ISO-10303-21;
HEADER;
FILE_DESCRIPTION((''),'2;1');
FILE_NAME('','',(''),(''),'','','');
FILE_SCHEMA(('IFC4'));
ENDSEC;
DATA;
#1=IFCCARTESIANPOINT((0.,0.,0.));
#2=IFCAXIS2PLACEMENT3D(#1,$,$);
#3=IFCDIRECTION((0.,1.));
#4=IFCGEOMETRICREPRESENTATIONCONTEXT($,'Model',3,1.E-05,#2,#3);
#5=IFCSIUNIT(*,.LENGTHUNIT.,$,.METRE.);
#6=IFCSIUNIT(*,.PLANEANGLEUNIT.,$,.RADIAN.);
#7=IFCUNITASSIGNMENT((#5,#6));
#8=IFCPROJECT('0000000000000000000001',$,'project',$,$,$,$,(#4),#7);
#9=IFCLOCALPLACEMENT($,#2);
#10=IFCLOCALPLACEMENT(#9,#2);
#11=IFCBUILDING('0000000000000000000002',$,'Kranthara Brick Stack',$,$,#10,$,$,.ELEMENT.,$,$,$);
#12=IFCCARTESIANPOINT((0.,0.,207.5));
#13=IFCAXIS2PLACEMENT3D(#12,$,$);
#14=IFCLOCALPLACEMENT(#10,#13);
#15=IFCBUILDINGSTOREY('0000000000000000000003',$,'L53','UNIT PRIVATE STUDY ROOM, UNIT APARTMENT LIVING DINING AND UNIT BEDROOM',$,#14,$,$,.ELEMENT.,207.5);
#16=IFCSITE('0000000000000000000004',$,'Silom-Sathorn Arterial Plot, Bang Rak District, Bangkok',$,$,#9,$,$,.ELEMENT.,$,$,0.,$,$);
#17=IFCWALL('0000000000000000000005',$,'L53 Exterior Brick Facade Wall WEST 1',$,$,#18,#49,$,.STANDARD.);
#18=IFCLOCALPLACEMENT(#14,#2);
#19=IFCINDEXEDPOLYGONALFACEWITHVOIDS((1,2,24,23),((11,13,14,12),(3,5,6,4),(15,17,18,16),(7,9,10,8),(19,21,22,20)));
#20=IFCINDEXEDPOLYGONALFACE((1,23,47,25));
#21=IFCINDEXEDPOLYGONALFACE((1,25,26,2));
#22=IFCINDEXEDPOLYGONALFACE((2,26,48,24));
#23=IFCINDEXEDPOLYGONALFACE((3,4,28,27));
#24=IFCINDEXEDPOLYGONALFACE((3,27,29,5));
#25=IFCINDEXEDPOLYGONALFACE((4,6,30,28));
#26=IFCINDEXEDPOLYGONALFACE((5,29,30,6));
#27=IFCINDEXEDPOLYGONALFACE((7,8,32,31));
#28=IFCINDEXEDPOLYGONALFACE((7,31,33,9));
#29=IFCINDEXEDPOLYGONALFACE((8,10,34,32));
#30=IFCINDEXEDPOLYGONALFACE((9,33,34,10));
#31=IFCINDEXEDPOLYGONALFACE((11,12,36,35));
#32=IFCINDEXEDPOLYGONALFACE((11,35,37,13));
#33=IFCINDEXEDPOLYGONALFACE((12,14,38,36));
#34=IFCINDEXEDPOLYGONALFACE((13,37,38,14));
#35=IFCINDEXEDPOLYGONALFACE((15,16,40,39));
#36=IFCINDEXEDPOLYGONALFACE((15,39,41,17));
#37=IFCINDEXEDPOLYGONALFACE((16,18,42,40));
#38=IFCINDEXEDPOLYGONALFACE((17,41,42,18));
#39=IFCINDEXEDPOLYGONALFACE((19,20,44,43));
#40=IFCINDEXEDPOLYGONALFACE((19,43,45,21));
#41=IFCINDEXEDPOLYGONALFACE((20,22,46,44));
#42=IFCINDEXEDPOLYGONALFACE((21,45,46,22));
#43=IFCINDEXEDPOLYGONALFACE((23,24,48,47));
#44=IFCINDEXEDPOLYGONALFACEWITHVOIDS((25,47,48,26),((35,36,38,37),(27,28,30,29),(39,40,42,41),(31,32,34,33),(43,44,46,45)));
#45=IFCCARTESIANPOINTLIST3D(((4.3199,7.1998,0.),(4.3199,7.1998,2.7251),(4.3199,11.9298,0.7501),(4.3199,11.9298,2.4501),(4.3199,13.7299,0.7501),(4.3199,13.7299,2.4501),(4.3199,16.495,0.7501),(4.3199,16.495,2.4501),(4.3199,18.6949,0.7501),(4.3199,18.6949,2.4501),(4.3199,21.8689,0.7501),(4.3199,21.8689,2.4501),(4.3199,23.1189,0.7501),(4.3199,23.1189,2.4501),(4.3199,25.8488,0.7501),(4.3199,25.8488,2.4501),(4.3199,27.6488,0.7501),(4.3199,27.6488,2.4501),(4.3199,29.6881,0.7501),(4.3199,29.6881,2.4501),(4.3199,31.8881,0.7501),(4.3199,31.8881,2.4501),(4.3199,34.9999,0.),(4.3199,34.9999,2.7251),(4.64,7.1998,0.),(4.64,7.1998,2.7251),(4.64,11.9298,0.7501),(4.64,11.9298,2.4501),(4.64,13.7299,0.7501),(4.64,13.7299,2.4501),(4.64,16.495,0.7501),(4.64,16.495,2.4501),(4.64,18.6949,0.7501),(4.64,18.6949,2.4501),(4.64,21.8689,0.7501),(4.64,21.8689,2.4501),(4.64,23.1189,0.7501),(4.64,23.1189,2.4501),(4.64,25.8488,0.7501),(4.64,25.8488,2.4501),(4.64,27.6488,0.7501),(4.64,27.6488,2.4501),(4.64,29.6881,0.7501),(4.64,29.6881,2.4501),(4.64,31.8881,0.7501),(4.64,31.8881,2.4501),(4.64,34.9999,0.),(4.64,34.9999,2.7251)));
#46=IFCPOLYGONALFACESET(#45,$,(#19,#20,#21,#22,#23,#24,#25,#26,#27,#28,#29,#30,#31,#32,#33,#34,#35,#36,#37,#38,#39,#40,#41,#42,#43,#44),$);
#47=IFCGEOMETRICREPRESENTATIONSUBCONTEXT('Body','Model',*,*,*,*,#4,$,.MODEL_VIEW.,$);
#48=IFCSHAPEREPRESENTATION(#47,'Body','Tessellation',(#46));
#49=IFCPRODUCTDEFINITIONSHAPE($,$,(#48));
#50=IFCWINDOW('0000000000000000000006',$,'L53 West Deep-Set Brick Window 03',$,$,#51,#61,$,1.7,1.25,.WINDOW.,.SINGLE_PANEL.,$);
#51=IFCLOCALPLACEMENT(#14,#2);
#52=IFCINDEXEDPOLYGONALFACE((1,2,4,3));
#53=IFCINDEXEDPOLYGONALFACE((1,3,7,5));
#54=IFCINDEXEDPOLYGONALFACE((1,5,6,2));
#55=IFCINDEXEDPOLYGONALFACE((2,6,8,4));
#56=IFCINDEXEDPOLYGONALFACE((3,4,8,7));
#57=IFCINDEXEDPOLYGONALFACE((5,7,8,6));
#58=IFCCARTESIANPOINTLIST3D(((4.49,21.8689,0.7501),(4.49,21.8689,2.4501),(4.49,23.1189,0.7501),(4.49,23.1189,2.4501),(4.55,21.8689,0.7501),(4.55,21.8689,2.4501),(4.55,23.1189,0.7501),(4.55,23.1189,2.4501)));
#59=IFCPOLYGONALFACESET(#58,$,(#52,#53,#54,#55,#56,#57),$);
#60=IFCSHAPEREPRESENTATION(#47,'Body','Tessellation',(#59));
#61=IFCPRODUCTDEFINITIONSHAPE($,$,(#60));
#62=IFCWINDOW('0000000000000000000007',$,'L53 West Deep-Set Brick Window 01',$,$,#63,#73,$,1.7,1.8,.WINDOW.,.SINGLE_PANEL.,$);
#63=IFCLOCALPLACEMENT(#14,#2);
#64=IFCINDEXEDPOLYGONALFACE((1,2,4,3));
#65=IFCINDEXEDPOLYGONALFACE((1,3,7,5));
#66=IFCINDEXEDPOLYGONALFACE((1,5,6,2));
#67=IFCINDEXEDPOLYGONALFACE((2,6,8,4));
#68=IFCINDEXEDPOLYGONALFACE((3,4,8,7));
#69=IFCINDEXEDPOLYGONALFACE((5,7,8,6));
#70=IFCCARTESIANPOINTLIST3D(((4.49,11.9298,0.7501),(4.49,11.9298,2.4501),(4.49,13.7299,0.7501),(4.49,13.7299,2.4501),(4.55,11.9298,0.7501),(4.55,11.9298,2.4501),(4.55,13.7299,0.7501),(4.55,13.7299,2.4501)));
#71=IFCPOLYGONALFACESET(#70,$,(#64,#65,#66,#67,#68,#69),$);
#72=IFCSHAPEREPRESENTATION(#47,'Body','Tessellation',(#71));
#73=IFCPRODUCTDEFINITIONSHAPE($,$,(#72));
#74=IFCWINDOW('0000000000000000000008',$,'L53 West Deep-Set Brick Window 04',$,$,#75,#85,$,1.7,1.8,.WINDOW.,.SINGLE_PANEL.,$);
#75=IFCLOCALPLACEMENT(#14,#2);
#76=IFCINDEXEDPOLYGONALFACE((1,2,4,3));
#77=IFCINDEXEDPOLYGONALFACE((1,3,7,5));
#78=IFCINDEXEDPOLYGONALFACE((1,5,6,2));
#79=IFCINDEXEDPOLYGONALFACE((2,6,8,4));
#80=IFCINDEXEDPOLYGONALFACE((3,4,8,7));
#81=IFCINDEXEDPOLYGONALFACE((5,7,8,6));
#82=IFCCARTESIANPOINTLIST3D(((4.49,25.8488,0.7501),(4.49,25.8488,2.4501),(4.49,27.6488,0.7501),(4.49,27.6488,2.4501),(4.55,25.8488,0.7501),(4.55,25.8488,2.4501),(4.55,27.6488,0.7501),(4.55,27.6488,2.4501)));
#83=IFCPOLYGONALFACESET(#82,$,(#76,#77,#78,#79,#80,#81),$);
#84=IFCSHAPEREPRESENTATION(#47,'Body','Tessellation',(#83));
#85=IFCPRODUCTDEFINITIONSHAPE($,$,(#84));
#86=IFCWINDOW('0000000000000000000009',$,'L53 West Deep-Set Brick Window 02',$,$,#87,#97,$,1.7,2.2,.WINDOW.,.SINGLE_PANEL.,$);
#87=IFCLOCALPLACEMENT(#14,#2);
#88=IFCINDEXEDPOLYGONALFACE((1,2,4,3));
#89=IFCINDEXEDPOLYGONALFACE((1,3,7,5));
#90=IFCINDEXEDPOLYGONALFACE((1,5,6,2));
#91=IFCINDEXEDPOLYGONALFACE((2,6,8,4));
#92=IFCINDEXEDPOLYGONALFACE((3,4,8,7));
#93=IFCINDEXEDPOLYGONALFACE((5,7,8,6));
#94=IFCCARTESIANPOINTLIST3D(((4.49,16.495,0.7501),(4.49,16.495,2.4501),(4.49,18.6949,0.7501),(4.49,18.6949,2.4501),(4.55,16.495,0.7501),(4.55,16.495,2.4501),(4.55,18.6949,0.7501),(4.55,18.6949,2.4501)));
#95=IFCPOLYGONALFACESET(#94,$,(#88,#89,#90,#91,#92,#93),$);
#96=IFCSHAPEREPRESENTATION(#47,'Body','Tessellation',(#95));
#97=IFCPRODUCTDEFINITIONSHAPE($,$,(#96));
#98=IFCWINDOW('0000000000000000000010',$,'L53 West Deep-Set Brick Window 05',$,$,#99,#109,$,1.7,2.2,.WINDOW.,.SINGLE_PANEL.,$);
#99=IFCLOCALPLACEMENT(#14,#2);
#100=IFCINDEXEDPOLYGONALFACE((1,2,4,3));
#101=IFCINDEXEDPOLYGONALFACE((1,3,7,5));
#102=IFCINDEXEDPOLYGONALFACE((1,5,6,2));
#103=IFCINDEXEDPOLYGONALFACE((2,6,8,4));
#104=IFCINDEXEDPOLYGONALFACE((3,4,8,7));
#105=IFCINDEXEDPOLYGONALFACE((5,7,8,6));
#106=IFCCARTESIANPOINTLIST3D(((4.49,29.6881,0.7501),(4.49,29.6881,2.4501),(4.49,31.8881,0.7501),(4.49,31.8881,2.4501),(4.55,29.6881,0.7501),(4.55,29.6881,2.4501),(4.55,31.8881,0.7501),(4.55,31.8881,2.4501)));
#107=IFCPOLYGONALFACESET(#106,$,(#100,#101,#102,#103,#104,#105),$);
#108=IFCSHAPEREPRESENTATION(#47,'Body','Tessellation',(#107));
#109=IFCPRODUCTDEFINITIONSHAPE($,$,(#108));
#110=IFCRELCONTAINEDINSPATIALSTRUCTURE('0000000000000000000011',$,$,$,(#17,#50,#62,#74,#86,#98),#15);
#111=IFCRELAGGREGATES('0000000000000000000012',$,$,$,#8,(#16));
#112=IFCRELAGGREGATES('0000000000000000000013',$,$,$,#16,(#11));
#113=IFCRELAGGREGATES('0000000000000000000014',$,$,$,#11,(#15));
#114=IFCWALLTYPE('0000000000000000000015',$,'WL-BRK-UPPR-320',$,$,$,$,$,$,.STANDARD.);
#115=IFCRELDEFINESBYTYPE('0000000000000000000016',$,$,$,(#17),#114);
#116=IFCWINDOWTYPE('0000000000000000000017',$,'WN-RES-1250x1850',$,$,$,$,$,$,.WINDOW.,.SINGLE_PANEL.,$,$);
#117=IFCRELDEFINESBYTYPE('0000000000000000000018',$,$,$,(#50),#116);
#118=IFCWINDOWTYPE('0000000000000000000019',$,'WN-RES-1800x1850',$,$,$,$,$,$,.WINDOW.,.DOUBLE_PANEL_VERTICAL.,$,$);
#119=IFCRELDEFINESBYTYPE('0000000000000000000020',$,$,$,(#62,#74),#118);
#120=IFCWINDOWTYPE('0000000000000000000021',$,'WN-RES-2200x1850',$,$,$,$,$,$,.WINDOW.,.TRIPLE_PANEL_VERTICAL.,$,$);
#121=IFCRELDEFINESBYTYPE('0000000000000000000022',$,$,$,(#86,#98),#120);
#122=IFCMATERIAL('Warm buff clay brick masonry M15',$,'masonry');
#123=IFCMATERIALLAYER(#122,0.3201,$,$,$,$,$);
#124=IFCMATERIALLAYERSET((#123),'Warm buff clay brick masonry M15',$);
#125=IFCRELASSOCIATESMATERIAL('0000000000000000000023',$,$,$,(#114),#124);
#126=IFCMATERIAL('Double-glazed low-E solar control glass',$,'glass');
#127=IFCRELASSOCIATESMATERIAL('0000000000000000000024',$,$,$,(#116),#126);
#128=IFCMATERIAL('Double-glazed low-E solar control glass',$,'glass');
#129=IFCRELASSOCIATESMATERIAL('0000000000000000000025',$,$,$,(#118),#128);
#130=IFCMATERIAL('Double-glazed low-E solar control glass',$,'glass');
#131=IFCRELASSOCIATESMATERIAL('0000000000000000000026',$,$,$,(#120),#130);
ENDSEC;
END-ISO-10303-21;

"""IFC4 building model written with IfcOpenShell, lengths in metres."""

from ifc_helpers import new_model, si_unit, direction, frame, frame_2d, origin, place, context, subcontext, project, spatial, rectangle, extrude, material, layer, layer_set, type_object, element, fill, save


model = new_model("IFC4")

# Units and contexts
model_context = context("Model", 3, precision=1e-05, world=origin(), true_north=direction((0.0, 1.0)))
body_context = subcontext(model_context, "Body", "Model", "MODEL_VIEW")
ifc_project = project(units=[si_unit("LENGTHUNIT", "METRE"), si_unit("PLANEANGLEUNIT", "RADIAN")], contexts=[model_context])

# Site, building, storey
site_placement = place(None, origin())
site = spatial("IfcSite", under=ifc_project, at=site_placement, Name="Silom-Sathorn Arterial Plot, Bang Rak District, Bangkok", CompositionType="ELEMENT", RefElevation=0.0)
building_placement = place(site_placement, origin())
building = spatial("IfcBuilding", under=site, at=building_placement, Name="Kranthara Brick Stack", CompositionType="ELEMENT")
storey_placement = place(building_placement, frame((0.0, 0.0, 207.5)))
storey = spatial("IfcBuildingStorey", under=building, at=storey_placement, Name="L53", Description="UNIT PRIVATE STUDY ROOM, UNIT APARTMENT LIVING DINING AND UNIT BEDROOM", CompositionType="ELEMENT", Elevation=207.5)

# Wall, openings, windows
ifc_material_1 = material(Name="Warm buff clay brick masonry M15", Category="masonry")
ifc_layer_1 = layer(ifc_material_1, 0.3201)
ifc_layer_set_1 = layer_set([ifc_layer_1], Name="Warm buff clay brick masonry M15")
wall_type_1 = type_object("IfcWallType", Name="WL-BRK-UPPR-320", PredefinedType="STANDARD", material=ifc_layer_set_1)
wall_1_placement = place(storey_placement, frame((4.48, 7.2, 0.0), z_axis=(0.0, 0.0, 1.0), x_axis=(0.0, 1.0, 0.0)))
wall_1 = element("IfcWall", 1, at=wall_1_placement, inside=storey, type_object=wall_type_1, Name="L53 Exterior Brick Facade Wall WEST 1", PredefinedType="STANDARD", context=body_context, shape_type="SweptSolid", body=[
    extrude(rectangle(XDim=27.8, YDim=0.3201, at=frame_2d((13.8999, 0.0))), origin(), (0.0, 0.0, 1.0), 2.7251),
])
opening_1_placement = place(wall_1_placement, frame((4.73, 0.0, 0.75)))
opening_1 = element("IfcOpeningElement", 2, at=opening_1_placement, cuts=wall_1, PredefinedType="OPENING", context=body_context, shape_type="SweptSolid", body=[
    extrude(rectangle(XDim=1.8, YDim=1.7, at=frame_2d((0.8999, 0.8501))), frame((0.0, 0.1699, 0.0), z_axis=(0.0, -1.0, 0.0), x_axis=(1.0, 0.0, 0.0)), (0.0, 0.0, 1.0), 0.3401),
])
opening_2_placement = place(wall_1_placement, frame((9.2949, 0.0, 0.75)))
opening_2 = element("IfcOpeningElement", 3, at=opening_2_placement, cuts=wall_1, PredefinedType="OPENING", context=body_context, shape_type="SweptSolid", body=[
    extrude(rectangle(XDim=2.2, YDim=1.7, at=frame_2d((1.1001, 0.8501))), frame((0.0, 0.1699, 0.0), z_axis=(0.0, -1.0, 0.0), x_axis=(1.0, 0.0, 0.0)), (0.0, 0.0, 1.0), 0.3401),
])
opening_3_placement = place(wall_1_placement, frame((14.6689, 0.0, 0.75)))
opening_3 = element("IfcOpeningElement", 4, at=opening_3_placement, cuts=wall_1, PredefinedType="OPENING", context=body_context, shape_type="SweptSolid", body=[
    extrude(rectangle(XDim=1.25, YDim=1.7, at=frame_2d((0.625, 0.8501))), frame((0.0, 0.1699, 0.0), z_axis=(0.0, -1.0, 0.0), x_axis=(1.0, 0.0, 0.0)), (0.0, 0.0, 1.0), 0.3401),
])
opening_4_placement = place(wall_1_placement, frame((18.6489, 0.0, 0.75)))
opening_4 = element("IfcOpeningElement", 5, at=opening_4_placement, cuts=wall_1, PredefinedType="OPENING", context=body_context, shape_type="SweptSolid", body=[
    extrude(rectangle(XDim=1.8, YDim=1.7, at=frame_2d((0.8999, 0.8501))), frame((0.0, 0.1699, 0.0), z_axis=(0.0, -1.0, 0.0), x_axis=(1.0, 0.0, 0.0)), (0.0, 0.0, 1.0), 0.3401),
])
opening_5_placement = place(wall_1_placement, frame((22.488, 0.0, 0.75)))
opening_5 = element("IfcOpeningElement", 6, at=opening_5_placement, cuts=wall_1, PredefinedType="OPENING", context=body_context, shape_type="SweptSolid", body=[
    extrude(rectangle(XDim=2.2, YDim=1.7, at=frame_2d((1.1001, 0.8501))), frame((0.0, 0.1699, 0.0), z_axis=(0.0, -1.0, 0.0), x_axis=(1.0, 0.0, 0.0)), (0.0, 0.0, 1.0), 0.3401),
])
ifc_material_2 = material(Name="Double-glazed low-E solar control glass", Category="glass")
window_type_1 = type_object("IfcWindowType", Name="WN-RES-1250x1850", PartitioningType="SINGLE_PANEL", PredefinedType="WINDOW", material=ifc_material_2)
window_1_placement = place(opening_3_placement, origin())
window_1 = element("IfcWindow", 7, at=window_1_placement, inside=storey, type_object=window_type_1, Name="L53 West Deep-Set Brick Window 03", OverallHeight=1.7, OverallWidth=1.25, PartitioningType="SINGLE_PANEL", PredefinedType="WINDOW", context=body_context, shape_type="SweptSolid", body=[
    extrude(rectangle(XDim=1.25, YDim=1.7, at=frame_2d((0.625, 0.8501))), frame((0.0, -0.01, 0.0), z_axis=(0.0, -1.0, 0.0), x_axis=(1.0, 0.0, 0.0)), (0.0, 0.0, 1.0), 0.0601),
])
fill(opening_3, window_1)
ifc_material_3 = material(Name="Double-glazed low-E solar control glass", Category="glass")
window_type_2 = type_object("IfcWindowType", Name="WN-RES-1800x1850", PartitioningType="DOUBLE_PANEL_VERTICAL", PredefinedType="WINDOW", material=ifc_material_3)
window_2_placement = place(opening_1_placement, origin())
window_2 = element("IfcWindow", 8, at=window_2_placement, inside=storey, type_object=window_type_2, Name="L53 West Deep-Set Brick Window 01", OverallHeight=1.7, OverallWidth=1.8, PartitioningType="SINGLE_PANEL", PredefinedType="WINDOW", context=body_context, shape_type="SweptSolid", body=[
    extrude(rectangle(XDim=1.8, YDim=1.7, at=frame_2d((0.8999, 0.8501))), frame((0.0, -0.01, 0.0), z_axis=(0.0, -1.0, 0.0), x_axis=(1.0, 0.0, 0.0)), (0.0, 0.0, 1.0), 0.0601),
])
fill(opening_1, window_2)
window_3_placement = place(opening_4_placement, origin())
window_3 = element("IfcWindow", 9, at=window_3_placement, inside=storey, type_object=window_type_2, Name="L53 West Deep-Set Brick Window 04", OverallHeight=1.7, OverallWidth=1.8, PartitioningType="SINGLE_PANEL", PredefinedType="WINDOW", context=body_context, shape_type="SweptSolid", body=[
    extrude(rectangle(XDim=1.8, YDim=1.7, at=frame_2d((0.8999, 0.8501))), frame((0.0, -0.01, 0.0), z_axis=(0.0, -1.0, 0.0), x_axis=(1.0, 0.0, 0.0)), (0.0, 0.0, 1.0), 0.0601),
])
fill(opening_4, window_3)
ifc_material_4 = material(Name="Double-glazed low-E solar control glass", Category="glass")
window_type_3 = type_object("IfcWindowType", Name="WN-RES-2200x1850", PartitioningType="TRIPLE_PANEL_VERTICAL", PredefinedType="WINDOW", material=ifc_material_4)
window_4_placement = place(opening_2_placement, origin())
window_4 = element("IfcWindow", 10, at=window_4_placement, inside=storey, type_object=window_type_3, Name="L53 West Deep-Set Brick Window 02", OverallHeight=1.7, OverallWidth=2.2, PartitioningType="SINGLE_PANEL", PredefinedType="WINDOW", context=body_context, shape_type="SweptSolid", body=[
    extrude(rectangle(XDim=2.2, YDim=1.7, at=frame_2d((1.1001, 0.8501))), frame((0.0, -0.01, 0.0), z_axis=(0.0, -1.0, 0.0), x_axis=(1.0, 0.0, 0.0)), (0.0, 0.0, 1.0), 0.0601),
])
fill(opening_2, window_4)
window_5_placement = place(opening_5_placement, origin())
window_5 = element("IfcWindow", 11, at=window_5_placement, inside=storey, type_object=window_type_3, Name="L53 West Deep-Set Brick Window 05", OverallHeight=1.7, OverallWidth=2.2, PartitioningType="SINGLE_PANEL", PredefinedType="WINDOW", context=body_context, shape_type="SweptSolid", body=[
    extrude(rectangle(XDim=2.2, YDim=1.7, at=frame_2d((1.1001, 0.8501))), frame((0.0, -0.01, 0.0), z_axis=(0.0, -1.0, 0.0), x_axis=(1.0, 0.0, 0.0)), (0.0, 0.0, 1.0), 0.0601),
])
fill(opening_5, window_5)

save(model, "model.ifc")
